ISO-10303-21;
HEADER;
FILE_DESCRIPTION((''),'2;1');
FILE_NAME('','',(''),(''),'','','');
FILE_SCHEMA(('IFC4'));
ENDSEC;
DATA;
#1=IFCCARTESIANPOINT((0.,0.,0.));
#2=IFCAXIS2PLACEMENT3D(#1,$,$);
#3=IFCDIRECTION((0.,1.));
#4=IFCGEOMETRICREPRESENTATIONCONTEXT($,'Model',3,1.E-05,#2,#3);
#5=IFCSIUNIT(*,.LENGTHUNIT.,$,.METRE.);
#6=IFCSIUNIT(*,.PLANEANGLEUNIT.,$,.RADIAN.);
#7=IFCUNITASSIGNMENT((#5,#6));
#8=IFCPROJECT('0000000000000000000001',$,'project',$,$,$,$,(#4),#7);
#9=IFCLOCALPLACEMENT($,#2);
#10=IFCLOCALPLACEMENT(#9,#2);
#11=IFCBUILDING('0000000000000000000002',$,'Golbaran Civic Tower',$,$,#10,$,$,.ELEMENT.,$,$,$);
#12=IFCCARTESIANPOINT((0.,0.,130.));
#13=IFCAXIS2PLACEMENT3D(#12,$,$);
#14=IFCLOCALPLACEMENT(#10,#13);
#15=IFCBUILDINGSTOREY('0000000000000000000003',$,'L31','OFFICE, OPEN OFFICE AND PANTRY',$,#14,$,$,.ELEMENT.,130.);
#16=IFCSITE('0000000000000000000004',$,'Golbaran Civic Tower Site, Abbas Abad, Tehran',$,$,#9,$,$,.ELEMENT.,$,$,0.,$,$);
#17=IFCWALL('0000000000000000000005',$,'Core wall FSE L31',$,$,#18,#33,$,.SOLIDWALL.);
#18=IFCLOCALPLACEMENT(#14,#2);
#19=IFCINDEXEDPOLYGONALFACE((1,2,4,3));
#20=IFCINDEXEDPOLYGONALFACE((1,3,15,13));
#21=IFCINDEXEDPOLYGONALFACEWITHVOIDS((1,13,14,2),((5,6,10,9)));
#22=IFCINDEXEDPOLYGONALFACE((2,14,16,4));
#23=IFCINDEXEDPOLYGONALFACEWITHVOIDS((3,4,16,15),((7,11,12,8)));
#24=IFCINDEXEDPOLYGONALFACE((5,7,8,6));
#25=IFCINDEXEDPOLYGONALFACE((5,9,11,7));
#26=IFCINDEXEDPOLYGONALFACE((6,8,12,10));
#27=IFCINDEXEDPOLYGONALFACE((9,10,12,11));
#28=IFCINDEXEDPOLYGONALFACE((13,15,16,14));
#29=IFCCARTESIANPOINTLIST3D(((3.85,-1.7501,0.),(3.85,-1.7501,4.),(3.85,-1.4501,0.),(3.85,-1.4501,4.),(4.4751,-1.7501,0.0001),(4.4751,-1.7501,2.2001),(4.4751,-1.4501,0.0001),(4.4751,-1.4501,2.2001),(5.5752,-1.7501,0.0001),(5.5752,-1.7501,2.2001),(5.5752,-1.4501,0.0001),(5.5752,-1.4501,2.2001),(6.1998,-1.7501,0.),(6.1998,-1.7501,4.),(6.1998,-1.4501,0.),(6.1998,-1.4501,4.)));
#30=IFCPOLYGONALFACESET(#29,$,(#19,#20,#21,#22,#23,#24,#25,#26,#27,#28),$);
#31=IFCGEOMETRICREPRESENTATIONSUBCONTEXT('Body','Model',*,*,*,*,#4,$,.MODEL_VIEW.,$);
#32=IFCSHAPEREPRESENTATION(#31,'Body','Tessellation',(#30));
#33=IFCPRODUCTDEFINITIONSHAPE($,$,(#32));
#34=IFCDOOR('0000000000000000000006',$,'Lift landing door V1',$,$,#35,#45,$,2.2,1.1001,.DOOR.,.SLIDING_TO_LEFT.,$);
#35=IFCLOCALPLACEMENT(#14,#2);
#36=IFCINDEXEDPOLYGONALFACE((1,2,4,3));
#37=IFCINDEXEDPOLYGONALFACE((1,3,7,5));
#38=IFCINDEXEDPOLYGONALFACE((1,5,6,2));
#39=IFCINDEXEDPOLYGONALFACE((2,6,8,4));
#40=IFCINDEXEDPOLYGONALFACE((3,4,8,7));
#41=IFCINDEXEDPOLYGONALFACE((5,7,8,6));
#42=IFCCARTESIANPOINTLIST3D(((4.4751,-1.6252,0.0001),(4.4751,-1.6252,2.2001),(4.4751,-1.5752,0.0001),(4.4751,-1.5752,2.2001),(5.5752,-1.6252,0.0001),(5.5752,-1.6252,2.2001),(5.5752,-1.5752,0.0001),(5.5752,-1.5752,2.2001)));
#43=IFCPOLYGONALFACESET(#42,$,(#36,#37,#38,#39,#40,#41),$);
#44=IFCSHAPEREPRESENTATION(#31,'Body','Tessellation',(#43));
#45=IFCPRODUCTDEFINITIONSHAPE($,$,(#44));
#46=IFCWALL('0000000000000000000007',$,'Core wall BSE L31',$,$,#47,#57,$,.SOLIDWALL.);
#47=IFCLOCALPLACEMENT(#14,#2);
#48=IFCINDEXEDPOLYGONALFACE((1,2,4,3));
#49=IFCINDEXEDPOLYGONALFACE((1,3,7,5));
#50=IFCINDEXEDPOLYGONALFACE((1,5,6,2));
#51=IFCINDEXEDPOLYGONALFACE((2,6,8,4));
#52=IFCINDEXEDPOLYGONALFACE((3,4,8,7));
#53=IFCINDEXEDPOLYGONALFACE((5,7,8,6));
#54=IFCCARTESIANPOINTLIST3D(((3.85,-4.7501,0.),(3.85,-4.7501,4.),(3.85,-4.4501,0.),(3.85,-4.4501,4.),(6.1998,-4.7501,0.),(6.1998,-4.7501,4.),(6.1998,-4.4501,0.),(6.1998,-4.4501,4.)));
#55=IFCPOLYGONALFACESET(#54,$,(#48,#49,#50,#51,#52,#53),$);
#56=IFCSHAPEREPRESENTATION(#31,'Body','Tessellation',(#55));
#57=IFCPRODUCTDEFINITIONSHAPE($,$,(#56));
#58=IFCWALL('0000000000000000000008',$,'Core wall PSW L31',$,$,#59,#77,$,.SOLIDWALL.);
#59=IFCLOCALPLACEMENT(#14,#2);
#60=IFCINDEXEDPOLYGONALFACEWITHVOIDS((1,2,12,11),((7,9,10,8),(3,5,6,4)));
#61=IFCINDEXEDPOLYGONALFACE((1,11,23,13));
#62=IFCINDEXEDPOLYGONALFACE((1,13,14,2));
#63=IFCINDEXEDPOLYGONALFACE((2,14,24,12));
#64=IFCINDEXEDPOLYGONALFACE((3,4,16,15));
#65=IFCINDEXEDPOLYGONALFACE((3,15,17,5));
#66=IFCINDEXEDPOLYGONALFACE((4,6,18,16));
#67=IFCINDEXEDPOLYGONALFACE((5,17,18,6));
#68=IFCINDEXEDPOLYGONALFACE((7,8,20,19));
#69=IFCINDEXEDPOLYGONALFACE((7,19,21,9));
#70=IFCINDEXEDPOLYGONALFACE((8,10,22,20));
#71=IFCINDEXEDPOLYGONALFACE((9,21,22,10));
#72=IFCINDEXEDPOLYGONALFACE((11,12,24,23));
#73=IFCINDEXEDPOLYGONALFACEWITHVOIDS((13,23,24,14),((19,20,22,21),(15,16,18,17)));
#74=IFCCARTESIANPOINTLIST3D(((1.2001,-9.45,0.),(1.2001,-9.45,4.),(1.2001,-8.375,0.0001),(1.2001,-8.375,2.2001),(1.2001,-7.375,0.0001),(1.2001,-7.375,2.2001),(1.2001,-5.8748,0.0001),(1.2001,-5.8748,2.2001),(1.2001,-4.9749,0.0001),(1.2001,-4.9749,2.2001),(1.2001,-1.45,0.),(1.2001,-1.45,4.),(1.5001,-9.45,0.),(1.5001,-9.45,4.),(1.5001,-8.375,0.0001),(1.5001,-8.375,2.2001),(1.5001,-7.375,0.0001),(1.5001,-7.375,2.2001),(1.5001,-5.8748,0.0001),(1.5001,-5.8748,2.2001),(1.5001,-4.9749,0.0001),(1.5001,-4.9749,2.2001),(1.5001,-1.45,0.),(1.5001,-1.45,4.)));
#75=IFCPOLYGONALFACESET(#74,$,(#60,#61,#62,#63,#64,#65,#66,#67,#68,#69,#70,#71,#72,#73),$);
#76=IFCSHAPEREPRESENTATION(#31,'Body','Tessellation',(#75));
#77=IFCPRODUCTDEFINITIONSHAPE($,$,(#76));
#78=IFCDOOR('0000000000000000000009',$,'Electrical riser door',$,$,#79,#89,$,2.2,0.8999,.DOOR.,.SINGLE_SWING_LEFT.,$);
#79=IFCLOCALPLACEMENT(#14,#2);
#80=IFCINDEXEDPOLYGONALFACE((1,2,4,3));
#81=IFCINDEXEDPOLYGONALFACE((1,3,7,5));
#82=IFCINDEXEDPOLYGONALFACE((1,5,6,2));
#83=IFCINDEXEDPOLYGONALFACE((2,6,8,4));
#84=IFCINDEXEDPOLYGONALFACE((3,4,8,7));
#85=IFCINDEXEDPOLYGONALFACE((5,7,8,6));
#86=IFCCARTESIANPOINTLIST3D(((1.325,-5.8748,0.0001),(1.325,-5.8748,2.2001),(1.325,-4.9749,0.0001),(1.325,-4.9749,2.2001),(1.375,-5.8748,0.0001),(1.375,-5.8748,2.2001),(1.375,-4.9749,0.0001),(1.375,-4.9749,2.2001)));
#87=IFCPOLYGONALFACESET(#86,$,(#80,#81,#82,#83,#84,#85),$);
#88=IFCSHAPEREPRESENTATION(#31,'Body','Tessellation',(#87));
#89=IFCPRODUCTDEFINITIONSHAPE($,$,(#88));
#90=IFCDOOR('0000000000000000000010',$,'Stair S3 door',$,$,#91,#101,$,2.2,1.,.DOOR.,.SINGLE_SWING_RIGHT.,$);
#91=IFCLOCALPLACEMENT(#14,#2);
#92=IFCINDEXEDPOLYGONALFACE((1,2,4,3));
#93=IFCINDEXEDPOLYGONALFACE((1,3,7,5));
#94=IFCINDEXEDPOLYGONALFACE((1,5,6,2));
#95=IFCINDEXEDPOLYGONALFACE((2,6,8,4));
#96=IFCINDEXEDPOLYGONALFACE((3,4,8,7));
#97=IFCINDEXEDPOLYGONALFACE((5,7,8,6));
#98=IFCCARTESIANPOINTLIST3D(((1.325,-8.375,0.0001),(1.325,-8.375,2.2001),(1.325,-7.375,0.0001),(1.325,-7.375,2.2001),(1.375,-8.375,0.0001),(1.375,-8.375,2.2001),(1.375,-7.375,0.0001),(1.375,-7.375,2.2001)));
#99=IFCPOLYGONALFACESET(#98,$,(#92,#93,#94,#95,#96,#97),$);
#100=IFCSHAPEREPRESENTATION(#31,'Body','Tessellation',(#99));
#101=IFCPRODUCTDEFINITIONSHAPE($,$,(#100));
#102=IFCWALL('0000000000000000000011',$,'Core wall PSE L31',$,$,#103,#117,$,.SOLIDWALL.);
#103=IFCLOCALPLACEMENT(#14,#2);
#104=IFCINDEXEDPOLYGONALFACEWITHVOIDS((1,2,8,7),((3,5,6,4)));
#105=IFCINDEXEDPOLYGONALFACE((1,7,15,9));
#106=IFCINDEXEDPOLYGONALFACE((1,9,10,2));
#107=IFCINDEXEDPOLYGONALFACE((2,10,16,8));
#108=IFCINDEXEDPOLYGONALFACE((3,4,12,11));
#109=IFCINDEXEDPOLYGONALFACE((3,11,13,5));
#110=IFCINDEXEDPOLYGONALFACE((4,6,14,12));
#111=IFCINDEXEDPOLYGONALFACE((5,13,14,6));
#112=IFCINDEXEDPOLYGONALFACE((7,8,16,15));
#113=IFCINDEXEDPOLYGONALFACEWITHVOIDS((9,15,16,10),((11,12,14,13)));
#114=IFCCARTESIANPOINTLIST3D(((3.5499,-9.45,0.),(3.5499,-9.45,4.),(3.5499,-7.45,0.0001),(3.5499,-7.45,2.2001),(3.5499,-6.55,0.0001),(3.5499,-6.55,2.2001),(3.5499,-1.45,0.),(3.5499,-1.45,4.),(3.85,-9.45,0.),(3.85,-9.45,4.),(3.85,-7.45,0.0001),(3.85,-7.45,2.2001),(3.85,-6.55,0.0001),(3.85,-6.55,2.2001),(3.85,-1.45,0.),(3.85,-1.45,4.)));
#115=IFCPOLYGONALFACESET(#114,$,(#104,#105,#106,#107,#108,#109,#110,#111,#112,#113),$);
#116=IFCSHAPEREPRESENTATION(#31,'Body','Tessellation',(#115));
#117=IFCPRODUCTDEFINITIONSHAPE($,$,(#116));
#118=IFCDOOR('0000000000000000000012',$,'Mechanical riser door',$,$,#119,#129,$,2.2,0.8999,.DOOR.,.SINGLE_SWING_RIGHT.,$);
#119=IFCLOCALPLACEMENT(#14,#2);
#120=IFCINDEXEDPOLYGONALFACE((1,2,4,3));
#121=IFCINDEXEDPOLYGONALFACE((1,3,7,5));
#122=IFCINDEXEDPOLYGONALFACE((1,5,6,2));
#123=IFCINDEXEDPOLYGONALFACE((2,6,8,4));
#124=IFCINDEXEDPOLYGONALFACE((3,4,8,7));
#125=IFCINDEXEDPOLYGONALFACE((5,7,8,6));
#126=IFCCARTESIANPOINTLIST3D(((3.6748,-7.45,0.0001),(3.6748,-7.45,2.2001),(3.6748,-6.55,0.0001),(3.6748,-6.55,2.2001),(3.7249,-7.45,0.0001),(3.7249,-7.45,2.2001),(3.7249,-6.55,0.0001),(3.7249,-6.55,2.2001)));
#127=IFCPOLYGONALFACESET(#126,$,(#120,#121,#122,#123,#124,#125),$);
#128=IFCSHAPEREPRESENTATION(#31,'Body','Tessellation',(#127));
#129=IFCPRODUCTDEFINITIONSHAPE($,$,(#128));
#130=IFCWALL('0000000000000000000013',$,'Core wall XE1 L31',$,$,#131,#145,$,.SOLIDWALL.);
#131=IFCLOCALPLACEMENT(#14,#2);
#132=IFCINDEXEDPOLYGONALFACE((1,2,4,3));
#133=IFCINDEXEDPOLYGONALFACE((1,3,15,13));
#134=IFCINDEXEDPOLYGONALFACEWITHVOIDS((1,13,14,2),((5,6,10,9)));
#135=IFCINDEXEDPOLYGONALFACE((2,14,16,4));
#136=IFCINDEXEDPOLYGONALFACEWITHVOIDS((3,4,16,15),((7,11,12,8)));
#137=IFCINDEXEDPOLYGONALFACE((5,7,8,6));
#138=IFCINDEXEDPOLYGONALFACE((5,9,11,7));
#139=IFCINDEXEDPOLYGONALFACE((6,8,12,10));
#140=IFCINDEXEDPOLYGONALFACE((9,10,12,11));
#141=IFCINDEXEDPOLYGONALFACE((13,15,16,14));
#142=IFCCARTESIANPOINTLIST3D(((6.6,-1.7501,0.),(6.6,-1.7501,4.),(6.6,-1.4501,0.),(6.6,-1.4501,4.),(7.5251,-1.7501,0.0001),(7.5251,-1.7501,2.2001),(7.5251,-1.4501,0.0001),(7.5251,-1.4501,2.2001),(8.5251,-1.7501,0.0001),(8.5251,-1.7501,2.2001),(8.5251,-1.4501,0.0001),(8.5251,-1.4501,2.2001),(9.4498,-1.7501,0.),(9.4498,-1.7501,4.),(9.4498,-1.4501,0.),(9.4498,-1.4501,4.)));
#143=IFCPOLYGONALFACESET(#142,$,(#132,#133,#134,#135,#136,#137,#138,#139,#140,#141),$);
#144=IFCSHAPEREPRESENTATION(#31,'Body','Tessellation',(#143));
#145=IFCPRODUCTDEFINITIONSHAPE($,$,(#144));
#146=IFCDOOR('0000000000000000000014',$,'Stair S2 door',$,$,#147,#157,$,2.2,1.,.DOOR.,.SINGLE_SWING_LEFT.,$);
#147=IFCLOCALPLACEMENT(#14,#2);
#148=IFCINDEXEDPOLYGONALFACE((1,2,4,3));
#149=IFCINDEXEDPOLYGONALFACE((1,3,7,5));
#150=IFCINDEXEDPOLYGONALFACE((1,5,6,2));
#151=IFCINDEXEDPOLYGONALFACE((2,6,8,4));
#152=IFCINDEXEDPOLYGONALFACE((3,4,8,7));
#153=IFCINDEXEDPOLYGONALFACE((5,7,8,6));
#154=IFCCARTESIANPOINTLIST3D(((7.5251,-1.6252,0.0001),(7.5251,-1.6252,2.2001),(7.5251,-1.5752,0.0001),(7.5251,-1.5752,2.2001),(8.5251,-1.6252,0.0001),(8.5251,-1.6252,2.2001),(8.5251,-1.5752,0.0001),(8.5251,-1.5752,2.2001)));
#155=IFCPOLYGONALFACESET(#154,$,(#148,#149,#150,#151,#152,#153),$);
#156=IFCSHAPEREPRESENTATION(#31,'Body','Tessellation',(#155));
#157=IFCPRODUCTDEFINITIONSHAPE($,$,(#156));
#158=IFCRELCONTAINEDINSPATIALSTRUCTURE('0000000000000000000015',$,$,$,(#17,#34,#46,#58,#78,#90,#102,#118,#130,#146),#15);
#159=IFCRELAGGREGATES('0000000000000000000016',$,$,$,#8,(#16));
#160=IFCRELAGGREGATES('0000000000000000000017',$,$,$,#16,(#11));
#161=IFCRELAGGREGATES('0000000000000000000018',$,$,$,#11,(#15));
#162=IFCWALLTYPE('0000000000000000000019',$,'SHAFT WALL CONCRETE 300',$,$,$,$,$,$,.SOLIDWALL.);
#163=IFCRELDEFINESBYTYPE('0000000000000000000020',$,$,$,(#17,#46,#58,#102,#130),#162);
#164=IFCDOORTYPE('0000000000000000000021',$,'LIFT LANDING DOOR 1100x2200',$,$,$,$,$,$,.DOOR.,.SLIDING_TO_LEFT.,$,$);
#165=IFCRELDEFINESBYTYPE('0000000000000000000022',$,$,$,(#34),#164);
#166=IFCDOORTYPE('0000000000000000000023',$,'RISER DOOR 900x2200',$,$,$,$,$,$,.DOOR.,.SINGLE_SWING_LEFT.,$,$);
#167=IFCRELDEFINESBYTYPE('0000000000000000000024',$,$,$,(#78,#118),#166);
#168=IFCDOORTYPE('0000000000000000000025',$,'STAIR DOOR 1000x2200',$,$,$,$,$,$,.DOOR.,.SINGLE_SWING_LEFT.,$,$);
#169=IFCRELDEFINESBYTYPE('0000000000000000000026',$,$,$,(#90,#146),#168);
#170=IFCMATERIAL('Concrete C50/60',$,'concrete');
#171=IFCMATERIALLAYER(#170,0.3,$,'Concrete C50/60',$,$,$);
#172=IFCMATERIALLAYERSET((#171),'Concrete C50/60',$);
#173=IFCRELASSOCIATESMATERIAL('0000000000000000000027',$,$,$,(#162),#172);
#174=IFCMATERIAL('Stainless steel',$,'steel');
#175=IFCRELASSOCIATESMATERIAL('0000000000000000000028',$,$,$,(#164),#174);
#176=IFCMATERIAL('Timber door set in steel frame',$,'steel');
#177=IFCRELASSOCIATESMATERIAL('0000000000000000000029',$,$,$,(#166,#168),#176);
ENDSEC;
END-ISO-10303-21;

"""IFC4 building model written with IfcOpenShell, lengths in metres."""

from ifc_helpers import new_model, si_unit, direction, frame, frame_2d, origin, place, context, subcontext, project, spatial, rectangle, extrude, material, layer, layer_set, type_object, element, fill, save


model = new_model("IFC4")

# Units and contexts
model_context = context("Model", 3, precision=1e-05, world=origin(), true_north=direction((0.0, 1.0)))
body_context = subcontext(model_context, "Body", "Model", "MODEL_VIEW")
ifc_project = project(units=[si_unit("LENGTHUNIT", "METRE"), si_unit("PLANEANGLEUNIT", "RADIAN")], contexts=[model_context])

# Site, building, storey
site_placement = place(None, origin())
site = spatial("IfcSite", under=ifc_project, at=site_placement, Name="Golbaran Civic Tower Site, Abbas Abad, Tehran", CompositionType="ELEMENT", RefElevation=0.0)
building_placement = place(site_placement, origin())
building = spatial("IfcBuilding", under=site, at=building_placement, Name="Golbaran Civic Tower", CompositionType="ELEMENT")
storey_placement = place(building_placement, frame((0.0, 0.0, 130.0)))
storey = spatial("IfcBuildingStorey", under=building, at=storey_placement, Name="L31", Description="OFFICE, OPEN OFFICE AND PANTRY", CompositionType="ELEMENT", Elevation=130.0)

# Shared definitions
ifc_material_1 = material(Name="Timber door set in steel frame", Category="steel")

# Wall, opening, door
ifc_material_2 = material(Name="Concrete C50/60", Category="concrete")
ifc_layer_1 = layer(ifc_material_2, 0.3, Name="Concrete C50/60")
ifc_layer_set_1 = layer_set([ifc_layer_1], Name="Concrete C50/60")
wall_type_1 = type_object("IfcWallType", Name="SHAFT WALL CONCRETE 300", PredefinedType="SOLIDWALL", material=ifc_layer_set_1)
wall_1_placement = place(storey_placement, frame((3.8501, -1.6001, 0.0), z_axis=(0.0, 0.0, 1.0), x_axis=(1.0, 0.0, 0.0)))
wall_1 = element("IfcWall", 1, at=wall_1_placement, inside=storey, type_object=wall_type_1, Name="Core wall FSE L31", PredefinedType="SOLIDWALL", context=body_context, shape_type="SweptSolid", body=[
    extrude(rectangle(XDim=2.3499, YDim=0.3, at=frame_2d((1.1748, 0.0))), origin(), (0.0, 0.0, 1.0), 4.0),
])
opening_1_placement = place(wall_1_placement, frame((0.625, 0.0, 0.0)))
opening_1 = element("IfcOpeningElement", 2, at=opening_1_placement, cuts=wall_1, PredefinedType="OPENING", context=body_context, shape_type="SweptSolid", body=[
    extrude(rectangle(XDim=1.1001, YDim=2.2, at=frame_2d((0.55, 1.1001))), frame((0.0, 0.1599, 0.0), z_axis=(0.0, -1.0, 0.0), x_axis=(1.0, 0.0, 0.0)), (0.0, 0.0, 1.0), 0.3201),
])
ifc_material_3 = material(Name="Stainless steel", Category="steel")
door_type_1 = type_object("IfcDoorType", Name="LIFT LANDING DOOR 1100x2200", OperationType="SLIDING_TO_LEFT", PredefinedType="DOOR", material=ifc_material_3)
door_1_placement = place(opening_1_placement, origin())
door_1 = element("IfcDoor", 3, at=door_1_placement, inside=storey, type_object=door_type_1, Name="Lift landing door V1", OperationType="SLIDING_TO_LEFT", OverallHeight=2.2, OverallWidth=1.1001, PredefinedType="DOOR", context=body_context, shape_type="SweptSolid", body=[
    extrude(rectangle(XDim=1.1001, YDim=2.2, at=frame_2d((0.55, 1.1001))), frame((0.0, 0.0249, 0.0), z_axis=(0.0, -1.0, 0.0), x_axis=(1.0, 0.0, 0.0)), (0.0, 0.0, 1.0), 0.05),
])
fill(opening_1, door_1)

# Wall
wall_2_placement = place(storey_placement, frame((3.8501, -4.6001, 0.0), z_axis=(0.0, 0.0, 1.0), x_axis=(1.0, 0.0, 0.0)))
element("IfcWall", 4, at=wall_2_placement, inside=storey, type_object=wall_type_1, Name="Core wall BSE L31", PredefinedType="SOLIDWALL", context=body_context, shape_type="SweptSolid", body=[
    extrude(rectangle(XDim=2.3499, YDim=0.3, at=frame_2d((1.1748, 0.0))), origin(), (0.0, 0.0, 1.0), 4.0),
])

# Wall, openings, doors
wall_3_placement = place(storey_placement, frame((1.3501, -1.45, 0.0), z_axis=(0.0, 0.0, 1.0), x_axis=(0.0, -1.0, 0.0)))
wall_3 = element("IfcWall", 5, at=wall_3_placement, inside=storey, type_object=wall_type_1, Name="Core wall PSW L31", PredefinedType="SOLIDWALL", context=body_context, shape_type="SweptSolid", body=[
    extrude(rectangle(XDim=8.0, YDim=0.3, at=frame_2d((4.0, 0.0))), origin(), (0.0, 0.0, 1.0), 4.0),
])
opening_2_placement = place(wall_3_placement, frame((5.925, 0.0, 0.0)))
opening_2 = element("IfcOpeningElement", 6, at=opening_2_placement, cuts=wall_3, PredefinedType="OPENING", context=body_context, shape_type="SweptSolid", body=[
    extrude(rectangle(XDim=1.0, YDim=2.2, at=frame_2d((0.5, 1.1001))), frame((0.0, 0.1599, 0.0), z_axis=(0.0, -1.0, 0.0), x_axis=(1.0, 0.0, 0.0)), (0.0, 0.0, 1.0), 0.3201),
])
opening_3_placement = place(wall_3_placement, frame((3.5249, 0.0, 0.0)))
opening_3 = element("IfcOpeningElement", 7, at=opening_3_placement, cuts=wall_3, PredefinedType="OPENING", context=body_context, shape_type="SweptSolid", body=[
    extrude(rectangle(XDim=0.8999, YDim=2.2, at=frame_2d((0.45, 1.1001))), frame((0.0, 0.1599, 0.0), z_axis=(0.0, -1.0, 0.0), x_axis=(1.0, 0.0, 0.0)), (0.0, 0.0, 1.0), 0.3201),
])
door_type_2 = type_object("IfcDoorType", Name="RISER DOOR 900x2200", OperationType="SINGLE_SWING_LEFT", PredefinedType="DOOR", material=ifc_material_1)
door_2_placement = place(opening_3_placement, origin())
door_2 = element("IfcDoor", 8, at=door_2_placement, inside=storey, type_object=door_type_2, Name="Electrical riser door", OperationType="SINGLE_SWING_LEFT", OverallHeight=2.2, OverallWidth=0.8999, PredefinedType="DOOR", context=body_context, shape_type="SweptSolid", body=[
    extrude(rectangle(XDim=0.8999, YDim=2.2, at=frame_2d((0.45, 1.1001))), frame((0.0, 0.0249, 0.0), z_axis=(0.0, -1.0, 0.0), x_axis=(1.0, 0.0, 0.0)), (0.0, 0.0, 1.0), 0.05),
])
fill(opening_3, door_2)
door_type_3 = type_object("IfcDoorType", Name="STAIR DOOR 1000x2200", OperationType="SINGLE_SWING_LEFT", PredefinedType="DOOR", material=ifc_material_1)
door_3_placement = place(opening_2_placement, origin())
door_3 = element("IfcDoor", 9, at=door_3_placement, inside=storey, type_object=door_type_3, Name="Stair S3 door", OperationType="SINGLE_SWING_RIGHT", OverallHeight=2.2, OverallWidth=1.0, PredefinedType="DOOR", context=body_context, shape_type="SweptSolid", body=[
    extrude(rectangle(XDim=1.0, YDim=2.2, at=frame_2d((0.5, 1.1001))), frame((0.0, 0.0249, 0.0), z_axis=(0.0, -1.0, 0.0), x_axis=(1.0, 0.0, 0.0)), (0.0, 0.0, 1.0), 0.05),
])
fill(opening_2, door_3)

# Walls, openings, doors
wall_4_placement = place(storey_placement, frame((3.7, -1.45, 0.0), z_axis=(0.0, 0.0, 1.0), x_axis=(0.0, -1.0, 0.0)))
wall_4 = element("IfcWall", 10, at=wall_4_placement, inside=storey, type_object=wall_type_1, Name="Core wall PSE L31", PredefinedType="SOLIDWALL", context=body_context, shape_type="SweptSolid", body=[
    extrude(rectangle(XDim=8.0, YDim=0.3, at=frame_2d((4.0, 0.0))), origin(), (0.0, 0.0, 1.0), 4.0),
])
opening_4_placement = place(wall_4_placement, frame((5.1001, 0.0, 0.0)))
opening_4 = element("IfcOpeningElement", 11, at=opening_4_placement, cuts=wall_4, PredefinedType="OPENING", context=body_context, shape_type="SweptSolid", body=[
    extrude(rectangle(XDim=0.8999, YDim=2.2, at=frame_2d((0.45, 1.1001))), frame((0.0, 0.1599, 0.0), z_axis=(0.0, -1.0, 0.0), x_axis=(1.0, 0.0, 0.0)), (0.0, 0.0, 1.0), 0.3201),
])
door_4_placement = place(opening_4_placement, origin())
door_4 = element("IfcDoor", 12, at=door_4_placement, inside=storey, type_object=door_type_2, Name="Mechanical riser door", OperationType="SINGLE_SWING_RIGHT", OverallHeight=2.2, OverallWidth=0.8999, PredefinedType="DOOR", context=body_context, shape_type="SweptSolid", body=[
    extrude(rectangle(XDim=0.8999, YDim=2.2, at=frame_2d((0.45, 1.1001))), frame((0.0, 0.0249, 0.0), z_axis=(0.0, -1.0, 0.0), x_axis=(1.0, 0.0, 0.0)), (0.0, 0.0, 1.0), 0.05),
])
fill(opening_4, door_4)
wall_5_placement = place(storey_placement, frame((6.6001, -1.6001, 0.0), z_axis=(0.0, 0.0, 1.0), x_axis=(1.0, 0.0, 0.0)))
wall_5 = element("IfcWall", 13, at=wall_5_placement, inside=storey, type_object=wall_type_1, Name="Core wall XE1 L31", PredefinedType="SOLIDWALL", context=body_context, shape_type="SweptSolid", body=[
    extrude(rectangle(XDim=2.8499, YDim=0.3, at=frame_2d((1.4248, 0.0))), origin(), (0.0, 0.0, 1.0), 4.0),
])
opening_5_placement = place(wall_5_placement, frame((0.925, 0.0, 0.0)))
opening_5 = element("IfcOpeningElement", 14, at=opening_5_placement, cuts=wall_5, PredefinedType="OPENING", context=body_context, shape_type="SweptSolid", body=[
    extrude(rectangle(XDim=1.0, YDim=2.2, at=frame_2d((0.5, 1.1001))), frame((0.0, 0.1599, 0.0), z_axis=(0.0, -1.0, 0.0), x_axis=(1.0, 0.0, 0.0)), (0.0, 0.0, 1.0), 0.3201),
])
door_5_placement = place(opening_5_placement, origin())
door_5 = element("IfcDoor", 15, at=door_5_placement, inside=storey, type_object=door_type_3, Name="Stair S2 door", OperationType="SINGLE_SWING_LEFT", OverallHeight=2.2, OverallWidth=1.0, PredefinedType="DOOR", context=body_context, shape_type="SweptSolid", body=[
    extrude(rectangle(XDim=1.0, YDim=2.2, at=frame_2d((0.5, 1.1001))), frame((0.0, 0.0249, 0.0), z_axis=(0.0, -1.0, 0.0), x_axis=(1.0, 0.0, 0.0)), (0.0, 0.0, 1.0), 0.05),
])
fill(opening_5, door_5)

save(model, "model.ifc")
